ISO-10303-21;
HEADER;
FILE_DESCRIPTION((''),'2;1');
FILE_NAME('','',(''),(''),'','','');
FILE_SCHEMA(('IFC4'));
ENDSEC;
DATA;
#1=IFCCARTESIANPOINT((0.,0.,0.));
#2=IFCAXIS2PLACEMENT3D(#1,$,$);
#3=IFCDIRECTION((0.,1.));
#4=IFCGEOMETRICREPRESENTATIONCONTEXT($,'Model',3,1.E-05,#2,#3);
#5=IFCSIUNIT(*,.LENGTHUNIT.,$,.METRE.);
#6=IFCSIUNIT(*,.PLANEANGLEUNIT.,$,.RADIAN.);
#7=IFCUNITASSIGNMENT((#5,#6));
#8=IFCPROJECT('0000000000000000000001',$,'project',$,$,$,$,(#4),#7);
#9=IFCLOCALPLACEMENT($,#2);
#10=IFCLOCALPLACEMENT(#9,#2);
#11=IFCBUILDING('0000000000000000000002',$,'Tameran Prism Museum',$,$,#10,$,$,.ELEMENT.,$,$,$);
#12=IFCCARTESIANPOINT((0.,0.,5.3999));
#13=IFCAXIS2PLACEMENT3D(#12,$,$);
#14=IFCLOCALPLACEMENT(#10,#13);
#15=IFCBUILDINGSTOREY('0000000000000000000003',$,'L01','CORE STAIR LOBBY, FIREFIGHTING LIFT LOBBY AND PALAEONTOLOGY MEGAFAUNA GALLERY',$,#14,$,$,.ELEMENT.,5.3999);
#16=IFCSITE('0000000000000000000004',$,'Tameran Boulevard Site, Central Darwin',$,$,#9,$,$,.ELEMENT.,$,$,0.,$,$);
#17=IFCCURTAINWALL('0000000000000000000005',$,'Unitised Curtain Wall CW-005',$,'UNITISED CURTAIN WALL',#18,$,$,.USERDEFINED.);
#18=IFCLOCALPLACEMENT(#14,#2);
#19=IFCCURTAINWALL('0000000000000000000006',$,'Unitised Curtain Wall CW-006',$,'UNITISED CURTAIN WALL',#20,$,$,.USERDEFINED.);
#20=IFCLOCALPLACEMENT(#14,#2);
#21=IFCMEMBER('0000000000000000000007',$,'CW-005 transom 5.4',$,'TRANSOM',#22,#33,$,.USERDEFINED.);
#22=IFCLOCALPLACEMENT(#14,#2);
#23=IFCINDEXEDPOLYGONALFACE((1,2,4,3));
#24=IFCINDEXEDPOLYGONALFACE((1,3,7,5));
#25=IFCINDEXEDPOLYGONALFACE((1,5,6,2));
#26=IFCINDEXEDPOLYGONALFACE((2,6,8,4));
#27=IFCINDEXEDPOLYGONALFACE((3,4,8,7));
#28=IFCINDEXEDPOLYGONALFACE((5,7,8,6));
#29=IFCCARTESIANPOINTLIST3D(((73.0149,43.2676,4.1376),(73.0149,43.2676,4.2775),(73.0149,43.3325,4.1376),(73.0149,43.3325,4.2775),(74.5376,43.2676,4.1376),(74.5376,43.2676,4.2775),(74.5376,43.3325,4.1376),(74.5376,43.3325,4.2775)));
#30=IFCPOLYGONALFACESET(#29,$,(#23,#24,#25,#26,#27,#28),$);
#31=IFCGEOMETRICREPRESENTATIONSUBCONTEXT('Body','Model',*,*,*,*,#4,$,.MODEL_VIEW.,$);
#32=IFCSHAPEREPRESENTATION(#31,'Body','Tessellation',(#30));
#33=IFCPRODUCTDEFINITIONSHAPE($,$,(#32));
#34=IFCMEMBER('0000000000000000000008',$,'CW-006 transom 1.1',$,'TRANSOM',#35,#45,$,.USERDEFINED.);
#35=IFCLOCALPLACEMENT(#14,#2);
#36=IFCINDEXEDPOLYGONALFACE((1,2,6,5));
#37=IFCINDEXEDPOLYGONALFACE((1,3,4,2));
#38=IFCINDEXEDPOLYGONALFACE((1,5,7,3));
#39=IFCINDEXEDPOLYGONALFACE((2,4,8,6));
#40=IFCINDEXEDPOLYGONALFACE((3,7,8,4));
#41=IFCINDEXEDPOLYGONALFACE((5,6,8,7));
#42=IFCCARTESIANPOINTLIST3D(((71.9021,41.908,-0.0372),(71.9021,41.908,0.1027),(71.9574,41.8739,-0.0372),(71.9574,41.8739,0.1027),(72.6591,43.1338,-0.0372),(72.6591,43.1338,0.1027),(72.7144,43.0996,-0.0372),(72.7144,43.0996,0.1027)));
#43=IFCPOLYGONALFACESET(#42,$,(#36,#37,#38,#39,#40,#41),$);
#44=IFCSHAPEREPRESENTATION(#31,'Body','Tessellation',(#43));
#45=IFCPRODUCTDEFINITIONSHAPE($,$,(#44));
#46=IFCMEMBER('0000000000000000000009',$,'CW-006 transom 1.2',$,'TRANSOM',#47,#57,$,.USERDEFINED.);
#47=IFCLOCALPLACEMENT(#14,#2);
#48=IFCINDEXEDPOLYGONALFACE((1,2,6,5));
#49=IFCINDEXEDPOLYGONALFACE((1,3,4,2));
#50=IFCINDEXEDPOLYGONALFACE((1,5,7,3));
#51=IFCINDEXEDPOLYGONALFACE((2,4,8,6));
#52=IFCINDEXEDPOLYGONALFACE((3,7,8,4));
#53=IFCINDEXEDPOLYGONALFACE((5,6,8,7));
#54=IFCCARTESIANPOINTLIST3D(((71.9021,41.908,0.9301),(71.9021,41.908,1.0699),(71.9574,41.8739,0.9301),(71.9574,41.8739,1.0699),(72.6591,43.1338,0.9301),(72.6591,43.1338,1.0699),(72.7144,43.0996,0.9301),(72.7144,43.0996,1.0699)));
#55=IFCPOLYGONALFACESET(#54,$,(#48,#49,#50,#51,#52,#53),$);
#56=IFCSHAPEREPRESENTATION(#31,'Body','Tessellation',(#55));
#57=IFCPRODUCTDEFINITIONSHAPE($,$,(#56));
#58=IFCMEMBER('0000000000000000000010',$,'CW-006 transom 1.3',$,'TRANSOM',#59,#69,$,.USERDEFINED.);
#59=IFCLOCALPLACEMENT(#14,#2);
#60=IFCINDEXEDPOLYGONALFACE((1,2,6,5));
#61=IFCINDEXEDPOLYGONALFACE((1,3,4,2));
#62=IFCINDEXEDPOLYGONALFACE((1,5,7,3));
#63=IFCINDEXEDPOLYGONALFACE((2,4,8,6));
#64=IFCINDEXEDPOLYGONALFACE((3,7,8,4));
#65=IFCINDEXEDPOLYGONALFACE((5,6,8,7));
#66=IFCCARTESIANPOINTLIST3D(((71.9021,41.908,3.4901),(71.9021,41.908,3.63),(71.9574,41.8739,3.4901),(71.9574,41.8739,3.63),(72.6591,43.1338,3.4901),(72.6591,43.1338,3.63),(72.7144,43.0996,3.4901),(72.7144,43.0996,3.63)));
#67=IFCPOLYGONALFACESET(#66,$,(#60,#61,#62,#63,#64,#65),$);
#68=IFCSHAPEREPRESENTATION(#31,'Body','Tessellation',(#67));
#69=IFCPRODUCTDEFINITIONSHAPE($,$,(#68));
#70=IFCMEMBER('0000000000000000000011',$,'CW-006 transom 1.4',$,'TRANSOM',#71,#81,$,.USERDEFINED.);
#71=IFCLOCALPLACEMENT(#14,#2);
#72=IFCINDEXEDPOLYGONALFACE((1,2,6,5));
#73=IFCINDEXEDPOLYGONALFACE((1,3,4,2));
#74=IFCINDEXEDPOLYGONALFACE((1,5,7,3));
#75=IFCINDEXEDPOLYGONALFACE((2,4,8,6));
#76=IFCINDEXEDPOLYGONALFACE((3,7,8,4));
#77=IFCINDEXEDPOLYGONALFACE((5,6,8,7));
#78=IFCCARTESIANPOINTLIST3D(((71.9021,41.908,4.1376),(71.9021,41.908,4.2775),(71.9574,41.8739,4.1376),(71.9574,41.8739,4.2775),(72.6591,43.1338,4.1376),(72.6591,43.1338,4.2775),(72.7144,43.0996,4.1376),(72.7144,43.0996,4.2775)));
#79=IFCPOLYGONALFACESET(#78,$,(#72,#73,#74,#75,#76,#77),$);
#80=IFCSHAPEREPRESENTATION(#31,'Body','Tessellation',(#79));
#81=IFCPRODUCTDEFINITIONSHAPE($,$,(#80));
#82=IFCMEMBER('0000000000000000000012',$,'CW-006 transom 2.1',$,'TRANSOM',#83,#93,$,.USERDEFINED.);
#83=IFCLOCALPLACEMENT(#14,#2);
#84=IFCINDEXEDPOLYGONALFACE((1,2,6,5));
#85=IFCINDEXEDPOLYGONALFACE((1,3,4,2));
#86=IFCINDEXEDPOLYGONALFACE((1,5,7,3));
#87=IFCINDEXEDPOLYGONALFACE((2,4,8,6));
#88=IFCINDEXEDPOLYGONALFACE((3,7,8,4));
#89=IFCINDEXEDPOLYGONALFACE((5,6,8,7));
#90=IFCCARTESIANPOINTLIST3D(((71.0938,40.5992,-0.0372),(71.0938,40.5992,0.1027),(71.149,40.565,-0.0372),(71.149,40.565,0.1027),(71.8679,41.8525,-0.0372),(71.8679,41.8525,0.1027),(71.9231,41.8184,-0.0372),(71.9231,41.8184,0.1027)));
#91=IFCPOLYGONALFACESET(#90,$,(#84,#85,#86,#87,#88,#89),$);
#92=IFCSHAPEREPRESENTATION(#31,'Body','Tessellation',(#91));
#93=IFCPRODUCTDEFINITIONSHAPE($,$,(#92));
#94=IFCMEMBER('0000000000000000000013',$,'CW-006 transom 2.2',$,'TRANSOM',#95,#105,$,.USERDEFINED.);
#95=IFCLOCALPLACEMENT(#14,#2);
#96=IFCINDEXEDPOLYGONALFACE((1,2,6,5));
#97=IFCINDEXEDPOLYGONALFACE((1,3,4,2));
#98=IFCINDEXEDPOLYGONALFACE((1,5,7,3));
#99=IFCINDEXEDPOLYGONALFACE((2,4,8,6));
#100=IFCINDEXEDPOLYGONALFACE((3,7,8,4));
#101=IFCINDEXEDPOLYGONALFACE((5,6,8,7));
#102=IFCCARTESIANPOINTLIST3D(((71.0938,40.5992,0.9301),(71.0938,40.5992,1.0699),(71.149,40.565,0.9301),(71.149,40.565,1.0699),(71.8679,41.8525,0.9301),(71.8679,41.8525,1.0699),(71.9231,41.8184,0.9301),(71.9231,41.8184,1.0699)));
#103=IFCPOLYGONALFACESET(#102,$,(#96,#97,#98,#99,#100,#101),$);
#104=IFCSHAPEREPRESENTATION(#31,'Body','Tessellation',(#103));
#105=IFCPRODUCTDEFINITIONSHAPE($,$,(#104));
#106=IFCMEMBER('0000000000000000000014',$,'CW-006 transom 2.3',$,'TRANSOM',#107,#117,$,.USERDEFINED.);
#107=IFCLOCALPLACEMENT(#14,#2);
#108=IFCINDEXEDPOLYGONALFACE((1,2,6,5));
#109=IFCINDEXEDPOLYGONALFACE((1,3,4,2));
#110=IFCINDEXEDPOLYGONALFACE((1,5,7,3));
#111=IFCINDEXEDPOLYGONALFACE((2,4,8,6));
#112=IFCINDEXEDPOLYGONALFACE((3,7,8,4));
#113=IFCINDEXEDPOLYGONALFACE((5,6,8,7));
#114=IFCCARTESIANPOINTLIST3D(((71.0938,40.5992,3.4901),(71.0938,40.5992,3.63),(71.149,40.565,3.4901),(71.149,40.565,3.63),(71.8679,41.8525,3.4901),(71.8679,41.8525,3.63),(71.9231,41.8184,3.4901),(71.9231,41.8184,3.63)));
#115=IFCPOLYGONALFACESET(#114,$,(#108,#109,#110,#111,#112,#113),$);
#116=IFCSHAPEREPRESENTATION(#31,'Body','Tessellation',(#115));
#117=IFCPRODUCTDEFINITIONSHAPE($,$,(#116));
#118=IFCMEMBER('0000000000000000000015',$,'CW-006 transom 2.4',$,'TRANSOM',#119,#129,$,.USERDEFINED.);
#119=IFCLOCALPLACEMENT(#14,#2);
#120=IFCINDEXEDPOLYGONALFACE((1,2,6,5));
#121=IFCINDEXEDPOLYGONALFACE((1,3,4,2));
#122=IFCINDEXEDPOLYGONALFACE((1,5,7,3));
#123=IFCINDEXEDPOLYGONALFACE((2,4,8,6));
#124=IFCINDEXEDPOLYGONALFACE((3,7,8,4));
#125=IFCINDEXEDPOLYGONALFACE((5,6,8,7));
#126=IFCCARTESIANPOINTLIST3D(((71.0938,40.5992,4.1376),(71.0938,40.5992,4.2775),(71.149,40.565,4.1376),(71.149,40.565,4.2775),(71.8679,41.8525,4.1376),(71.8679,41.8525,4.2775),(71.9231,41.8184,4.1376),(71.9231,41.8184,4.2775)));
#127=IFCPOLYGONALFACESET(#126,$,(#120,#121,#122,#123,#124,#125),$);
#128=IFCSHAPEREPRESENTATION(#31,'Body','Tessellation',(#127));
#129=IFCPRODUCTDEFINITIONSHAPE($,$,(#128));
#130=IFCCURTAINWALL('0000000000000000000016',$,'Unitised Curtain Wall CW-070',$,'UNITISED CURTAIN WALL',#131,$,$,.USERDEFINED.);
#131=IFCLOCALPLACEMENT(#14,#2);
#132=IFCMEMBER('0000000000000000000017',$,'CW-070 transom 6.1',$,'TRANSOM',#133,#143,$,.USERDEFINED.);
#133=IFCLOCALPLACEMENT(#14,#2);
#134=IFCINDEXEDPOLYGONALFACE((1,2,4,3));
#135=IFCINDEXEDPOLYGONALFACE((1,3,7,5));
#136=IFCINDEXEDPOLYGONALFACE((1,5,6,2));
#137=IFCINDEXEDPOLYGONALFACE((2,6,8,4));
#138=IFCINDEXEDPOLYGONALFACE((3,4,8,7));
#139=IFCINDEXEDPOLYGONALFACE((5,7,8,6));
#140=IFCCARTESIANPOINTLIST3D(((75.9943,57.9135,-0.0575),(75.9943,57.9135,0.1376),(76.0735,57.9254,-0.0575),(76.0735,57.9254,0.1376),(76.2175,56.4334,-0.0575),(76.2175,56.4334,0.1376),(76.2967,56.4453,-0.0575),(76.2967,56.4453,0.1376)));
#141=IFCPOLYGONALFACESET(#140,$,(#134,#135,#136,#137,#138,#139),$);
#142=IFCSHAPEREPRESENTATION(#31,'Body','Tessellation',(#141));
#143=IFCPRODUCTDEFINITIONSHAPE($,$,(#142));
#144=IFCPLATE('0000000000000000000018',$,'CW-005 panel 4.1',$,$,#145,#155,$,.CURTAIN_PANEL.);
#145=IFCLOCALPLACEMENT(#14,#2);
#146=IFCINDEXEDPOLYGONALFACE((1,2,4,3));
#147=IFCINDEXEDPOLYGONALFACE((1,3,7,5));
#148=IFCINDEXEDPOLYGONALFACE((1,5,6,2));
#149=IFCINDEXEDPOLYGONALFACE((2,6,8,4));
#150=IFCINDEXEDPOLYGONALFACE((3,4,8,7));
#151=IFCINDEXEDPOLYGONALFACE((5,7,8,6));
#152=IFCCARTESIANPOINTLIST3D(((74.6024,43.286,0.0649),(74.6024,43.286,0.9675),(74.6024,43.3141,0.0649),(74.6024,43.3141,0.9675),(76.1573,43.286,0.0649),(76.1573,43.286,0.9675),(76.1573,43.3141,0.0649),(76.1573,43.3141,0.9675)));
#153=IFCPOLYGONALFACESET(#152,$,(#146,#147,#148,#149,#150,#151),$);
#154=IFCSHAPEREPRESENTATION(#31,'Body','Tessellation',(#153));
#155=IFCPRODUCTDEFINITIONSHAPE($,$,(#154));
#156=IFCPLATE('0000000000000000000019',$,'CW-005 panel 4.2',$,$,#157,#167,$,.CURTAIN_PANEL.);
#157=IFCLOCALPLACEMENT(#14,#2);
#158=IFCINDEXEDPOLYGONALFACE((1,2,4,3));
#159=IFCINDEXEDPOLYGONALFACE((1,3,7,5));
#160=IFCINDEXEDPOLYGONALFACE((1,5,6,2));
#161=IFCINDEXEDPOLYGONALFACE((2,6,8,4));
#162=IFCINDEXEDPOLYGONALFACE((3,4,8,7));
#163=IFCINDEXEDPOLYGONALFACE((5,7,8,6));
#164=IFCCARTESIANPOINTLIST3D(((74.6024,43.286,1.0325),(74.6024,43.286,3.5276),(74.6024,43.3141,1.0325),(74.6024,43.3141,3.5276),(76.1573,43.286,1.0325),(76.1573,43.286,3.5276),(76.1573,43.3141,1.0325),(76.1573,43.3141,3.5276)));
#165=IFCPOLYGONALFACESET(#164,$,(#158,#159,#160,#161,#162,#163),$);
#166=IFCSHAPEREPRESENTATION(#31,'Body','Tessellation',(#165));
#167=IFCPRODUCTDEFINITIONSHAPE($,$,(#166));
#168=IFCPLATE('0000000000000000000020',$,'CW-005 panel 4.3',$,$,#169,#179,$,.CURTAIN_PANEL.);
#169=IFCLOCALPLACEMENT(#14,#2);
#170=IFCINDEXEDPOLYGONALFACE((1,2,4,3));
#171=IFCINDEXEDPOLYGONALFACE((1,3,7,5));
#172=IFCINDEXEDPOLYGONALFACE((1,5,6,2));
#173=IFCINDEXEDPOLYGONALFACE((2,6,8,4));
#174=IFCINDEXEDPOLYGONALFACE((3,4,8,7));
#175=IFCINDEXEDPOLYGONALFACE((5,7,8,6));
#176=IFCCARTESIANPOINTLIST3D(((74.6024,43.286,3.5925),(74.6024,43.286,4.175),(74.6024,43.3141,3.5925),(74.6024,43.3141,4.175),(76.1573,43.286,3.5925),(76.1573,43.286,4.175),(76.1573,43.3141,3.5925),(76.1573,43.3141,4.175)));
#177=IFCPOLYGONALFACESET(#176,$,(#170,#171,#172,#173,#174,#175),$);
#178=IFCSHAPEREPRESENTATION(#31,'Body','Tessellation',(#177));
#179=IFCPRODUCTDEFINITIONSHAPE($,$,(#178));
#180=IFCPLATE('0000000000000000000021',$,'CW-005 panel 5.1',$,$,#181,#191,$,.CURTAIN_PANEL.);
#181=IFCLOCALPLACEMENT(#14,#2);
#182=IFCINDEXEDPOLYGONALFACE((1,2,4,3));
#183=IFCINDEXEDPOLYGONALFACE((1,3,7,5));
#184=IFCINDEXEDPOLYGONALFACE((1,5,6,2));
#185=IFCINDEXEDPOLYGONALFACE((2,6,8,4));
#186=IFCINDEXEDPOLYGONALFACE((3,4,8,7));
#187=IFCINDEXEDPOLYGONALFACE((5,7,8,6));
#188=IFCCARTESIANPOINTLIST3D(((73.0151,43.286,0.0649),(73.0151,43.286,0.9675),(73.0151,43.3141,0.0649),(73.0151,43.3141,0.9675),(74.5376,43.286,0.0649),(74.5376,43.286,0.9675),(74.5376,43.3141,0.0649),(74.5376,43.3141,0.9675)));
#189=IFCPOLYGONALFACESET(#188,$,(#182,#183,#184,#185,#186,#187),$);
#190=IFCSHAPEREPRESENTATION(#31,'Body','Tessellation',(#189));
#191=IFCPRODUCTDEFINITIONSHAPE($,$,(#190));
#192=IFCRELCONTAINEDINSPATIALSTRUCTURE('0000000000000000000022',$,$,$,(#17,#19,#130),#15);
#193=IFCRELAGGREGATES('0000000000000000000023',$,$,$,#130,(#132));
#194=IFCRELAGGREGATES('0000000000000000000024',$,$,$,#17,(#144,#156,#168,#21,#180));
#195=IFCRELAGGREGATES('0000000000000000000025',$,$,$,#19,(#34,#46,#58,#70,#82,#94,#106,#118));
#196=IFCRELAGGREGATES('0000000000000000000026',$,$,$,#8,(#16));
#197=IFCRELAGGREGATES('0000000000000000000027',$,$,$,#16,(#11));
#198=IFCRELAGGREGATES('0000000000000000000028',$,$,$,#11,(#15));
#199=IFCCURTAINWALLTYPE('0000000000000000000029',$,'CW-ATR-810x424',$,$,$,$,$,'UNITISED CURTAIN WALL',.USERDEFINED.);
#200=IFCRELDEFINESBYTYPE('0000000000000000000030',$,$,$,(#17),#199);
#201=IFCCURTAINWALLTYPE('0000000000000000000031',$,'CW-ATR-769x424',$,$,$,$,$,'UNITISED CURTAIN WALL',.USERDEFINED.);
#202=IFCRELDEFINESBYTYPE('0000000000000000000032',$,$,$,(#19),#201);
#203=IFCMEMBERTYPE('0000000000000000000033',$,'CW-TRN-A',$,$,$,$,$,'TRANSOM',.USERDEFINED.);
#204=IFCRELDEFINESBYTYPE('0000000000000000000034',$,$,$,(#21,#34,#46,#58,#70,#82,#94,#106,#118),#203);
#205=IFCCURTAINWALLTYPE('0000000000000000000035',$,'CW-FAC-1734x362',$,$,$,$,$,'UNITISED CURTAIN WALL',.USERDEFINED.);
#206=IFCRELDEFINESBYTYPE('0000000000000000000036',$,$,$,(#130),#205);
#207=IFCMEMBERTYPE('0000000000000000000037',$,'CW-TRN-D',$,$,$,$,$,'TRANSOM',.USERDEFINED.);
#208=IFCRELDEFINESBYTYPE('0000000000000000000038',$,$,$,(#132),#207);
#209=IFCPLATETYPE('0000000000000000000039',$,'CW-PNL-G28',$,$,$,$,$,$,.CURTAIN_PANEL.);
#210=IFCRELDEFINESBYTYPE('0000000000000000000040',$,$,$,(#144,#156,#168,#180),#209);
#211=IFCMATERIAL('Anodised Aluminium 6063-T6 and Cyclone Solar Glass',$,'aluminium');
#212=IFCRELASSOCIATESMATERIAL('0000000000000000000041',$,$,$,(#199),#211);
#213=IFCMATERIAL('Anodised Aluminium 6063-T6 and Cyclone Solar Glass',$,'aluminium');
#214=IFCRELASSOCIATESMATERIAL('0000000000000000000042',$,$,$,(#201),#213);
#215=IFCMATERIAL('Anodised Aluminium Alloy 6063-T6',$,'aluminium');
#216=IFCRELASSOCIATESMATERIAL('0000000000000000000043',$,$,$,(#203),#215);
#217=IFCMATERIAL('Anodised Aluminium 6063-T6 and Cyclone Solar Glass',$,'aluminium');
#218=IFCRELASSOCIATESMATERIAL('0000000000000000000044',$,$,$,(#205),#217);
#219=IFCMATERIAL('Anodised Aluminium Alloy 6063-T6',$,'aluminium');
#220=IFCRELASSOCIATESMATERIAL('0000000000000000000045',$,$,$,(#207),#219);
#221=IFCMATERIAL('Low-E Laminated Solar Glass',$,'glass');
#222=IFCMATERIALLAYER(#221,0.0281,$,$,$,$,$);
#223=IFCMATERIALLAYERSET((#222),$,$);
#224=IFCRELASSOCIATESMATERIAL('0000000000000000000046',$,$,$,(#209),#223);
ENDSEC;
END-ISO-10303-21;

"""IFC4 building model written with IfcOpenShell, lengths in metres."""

from ifc_helpers import new_model, si_unit, direction, frame, origin, origin_2d, place, context, subcontext, project, spatial, rectangle, extrude, material, layer, layer_set, material_profile, profile_set, type_object, element, aggregate, save


model = new_model("IFC4")

# Units and contexts
model_context = context("Model", 3, precision=1e-05, world=origin(), true_north=direction((0.0, 1.0)))
body_context = subcontext(model_context, "Body", "Model", "MODEL_VIEW")
ifc_project = project(units=[si_unit("LENGTHUNIT", "METRE"), si_unit("PLANEANGLEUNIT", "RADIAN")], contexts=[model_context])

# Site, building, storey
site_placement = place(None, origin())
site = spatial("IfcSite", under=ifc_project, at=site_placement, Name="Tameran Boulevard Site, Central Darwin", CompositionType="ELEMENT", RefElevation=0.0)
building_placement = place(site_placement, origin())
building = spatial("IfcBuilding", under=site, at=building_placement, Name="Tameran Prism Museum", CompositionType="ELEMENT")
storey_placement = place(building_placement, frame((0.0, 0.0, 5.3999)))
storey = spatial("IfcBuildingStorey", under=building, at=storey_placement, Name="L01", Description="CORE STAIR LOBBY, FIREFIGHTING LIFT LOBBY AND PALAEONTOLOGY MEGAFAUNA GALLERY", CompositionType="ELEMENT", Elevation=5.3999)

# Curtain walls
ifc_material_1 = material(Name="Anodised Aluminium 6063-T6 and Cyclone Solar Glass", Category="aluminium")
curtain_wall_type_1 = type_object("IfcCurtainWallType", Name="CW-ATR-810x424", ElementType="UNITISED CURTAIN WALL", PredefinedType="USERDEFINED", material=ifc_material_1)
curtain_wall_1_placement = place(storey_placement, origin())
curtain_wall_1 = element("IfcCurtainWall", 1, at=curtain_wall_1_placement, inside=storey, type_object=curtain_wall_type_1, Name="Unitised Curtain Wall CW-005", ObjectType="UNITISED CURTAIN WALL", PredefinedType="USERDEFINED")
ifc_material_2 = material(Name="Anodised Aluminium 6063-T6 and Cyclone Solar Glass", Category="aluminium")
curtain_wall_type_2 = type_object("IfcCurtainWallType", Name="CW-ATR-769x424", ElementType="UNITISED CURTAIN WALL", PredefinedType="USERDEFINED", material=ifc_material_2)
curtain_wall_2_placement = place(storey_placement, origin())
curtain_wall_2 = element("IfcCurtainWall", 2, at=curtain_wall_2_placement, inside=storey, type_object=curtain_wall_type_2, Name="Unitised Curtain Wall CW-006", ObjectType="UNITISED CURTAIN WALL", PredefinedType="USERDEFINED")

# Members
ifc_material_3 = material(Name="Anodised Aluminium Alloy 6063-T6", Category="aluminium")
ifc_material_profile_1 = material_profile(ifc_material_3, rectangle(XDim=0.0649, YDim=0.1399, at=origin_2d()))
ifc_profile_set_1 = profile_set([ifc_material_profile_1])
member_type_1 = type_object("IfcMemberType", Name="CW-TRN-A", ElementType="TRANSOM", PredefinedType="USERDEFINED", material=ifc_profile_set_1)
member_1_placement = place(storey_placement, frame((74.5376, 43.3, 4.2075), z_axis=(-1.0, 0.0, 0.0), x_axis=(0.0, -1.0, 0.0)))
member_1 = element("IfcMember", 3, at=member_1_placement, type_object=member_type_1, Name="CW-005 transom 5.4", ObjectType="TRANSOM", PredefinedType="USERDEFINED", context=body_context, shape_type="SweptSolid", body=[
    extrude(rectangle(XDim=0.0649, YDim=0.1399, at=origin_2d()), origin(), (0.0, 0.0, 1.0), 1.5227),
])
member_2_placement = place(storey_placement, frame((72.6868, 43.1167, 0.0327), z_axis=(-0.525468, -0.850814, 0.0), x_axis=(0.850814, -0.525468, 0.0)))
member_2 = element("IfcMember", 4, at=member_2_placement, type_object=member_type_1, Name="CW-006 transom 1.1", ObjectType="TRANSOM", PredefinedType="USERDEFINED", context=body_context, shape_type="SweptSolid", body=[
    extrude(rectangle(XDim=0.0649, YDim=0.1399, at=origin_2d()), origin(), (0.0, 0.0, 1.0), 1.4407),
])
member_3_placement = place(storey_placement, frame((72.6868, 43.1167, 1.0), z_axis=(-0.525468, -0.850814, 0.0), x_axis=(0.850814, -0.525468, 0.0)))
member_3 = element("IfcMember", 5, at=member_3_placement, type_object=member_type_1, Name="CW-006 transom 1.2", ObjectType="TRANSOM", PredefinedType="USERDEFINED", context=body_context, shape_type="SweptSolid", body=[
    extrude(rectangle(XDim=0.0649, YDim=0.1399, at=origin_2d()), origin(), (0.0, 0.0, 1.0), 1.4407),
])
member_4_placement = place(storey_placement, frame((72.6868, 43.1167, 3.5601), z_axis=(-0.525468, -0.850814, 0.0), x_axis=(0.850814, -0.525468, 0.0)))
member_4 = element("IfcMember", 6, at=member_4_placement, type_object=member_type_1, Name="CW-006 transom 1.3", ObjectType="TRANSOM", PredefinedType="USERDEFINED", context=body_context, shape_type="SweptSolid", body=[
    extrude(rectangle(XDim=0.0649, YDim=0.1399, at=origin_2d()), origin(), (0.0, 0.0, 1.0), 1.4407),
])
member_5_placement = place(storey_placement, frame((72.6868, 43.1167, 4.2075), z_axis=(-0.525468, -0.850814, 0.0), x_axis=(0.850814, -0.525468, 0.0)))
member_5 = element("IfcMember", 7, at=member_5_placement, type_object=member_type_1, Name="CW-006 transom 1.4", ObjectType="TRANSOM", PredefinedType="USERDEFINED", context=body_context, shape_type="SweptSolid", body=[
    extrude(rectangle(XDim=0.0649, YDim=0.1399, at=origin_2d()), origin(), (0.0, 0.0, 1.0), 1.4407),
])
member_6_placement = place(storey_placement, frame((71.8955, 41.8354, 0.0327), z_axis=(-0.525493, -0.850798, 0.0), x_axis=(0.850798, -0.525493, 0.0)))
member_6 = element("IfcMember", 8, at=member_6_placement, type_object=member_type_1, Name="CW-006 transom 2.1", ObjectType="TRANSOM", PredefinedType="USERDEFINED", context=body_context, shape_type="SweptSolid", body=[
    extrude(rectangle(XDim=0.0649, YDim=0.1399, at=origin_2d()), origin(), (0.0, 0.0, 1.0), 1.4731),
])
member_7_placement = place(storey_placement, frame((71.8955, 41.8354, 1.0), z_axis=(-0.525493, -0.850798, 0.0), x_axis=(0.850798, -0.525493, 0.0)))
member_7 = element("IfcMember", 9, at=member_7_placement, type_object=member_type_1, Name="CW-006 transom 2.2", ObjectType="TRANSOM", PredefinedType="USERDEFINED", context=body_context, shape_type="SweptSolid", body=[
    extrude(rectangle(XDim=0.0649, YDim=0.1399, at=origin_2d()), origin(), (0.0, 0.0, 1.0), 1.4731),
])
member_8_placement = place(storey_placement, frame((71.8955, 41.8354, 3.5601), z_axis=(-0.525493, -0.850798, 0.0), x_axis=(0.850798, -0.525493, 0.0)))
member_8 = element("IfcMember", 10, at=member_8_placement, type_object=member_type_1, Name="CW-006 transom 2.3", ObjectType="TRANSOM", PredefinedType="USERDEFINED", context=body_context, shape_type="SweptSolid", body=[
    extrude(rectangle(XDim=0.0649, YDim=0.1399, at=origin_2d()), origin(), (0.0, 0.0, 1.0), 1.4731),
])
member_9_placement = place(storey_placement, frame((71.8955, 41.8354, 4.2075), z_axis=(-0.525493, -0.850798, 0.0), x_axis=(0.850798, -0.525493, 0.0)))
member_9 = element("IfcMember", 11, at=member_9_placement, type_object=member_type_1, Name="CW-006 transom 2.4", ObjectType="TRANSOM", PredefinedType="USERDEFINED", context=body_context, shape_type="SweptSolid", body=[
    extrude(rectangle(XDim=0.0649, YDim=0.1399, at=origin_2d()), origin(), (0.0, 0.0, 1.0), 1.4731),
])

# Curtain wall, member
ifc_material_4 = material(Name="Anodised Aluminium 6063-T6 and Cyclone Solar Glass", Category="aluminium")
curtain_wall_type_3 = type_object("IfcCurtainWallType", Name="CW-FAC-1734x362", ElementType="UNITISED CURTAIN WALL", PredefinedType="USERDEFINED", material=ifc_material_4)
curtain_wall_3_placement = place(storey_placement, origin())
curtain_wall_3 = element("IfcCurtainWall", 12, at=curtain_wall_3_placement, inside=storey, type_object=curtain_wall_type_3, Name="Unitised Curtain Wall CW-070", ObjectType="UNITISED CURTAIN WALL", PredefinedType="USERDEFINED")
ifc_material_5 = material(Name="Anodised Aluminium Alloy 6063-T6", Category="aluminium")
ifc_material_profile_2 = material_profile(ifc_material_5, rectangle(XDim=0.0801, YDim=0.1951, at=origin_2d()))
ifc_profile_set_2 = profile_set([ifc_material_profile_2])
member_type_2 = type_object("IfcMemberType", Name="CW-TRN-D", ElementType="TRANSOM", PredefinedType="USERDEFINED", material=ifc_profile_set_2)
member_10_placement = place(storey_placement, frame((76.0339, 57.9194, 0.04), z_axis=(0.14909, -0.988824, 0.0), x_axis=(0.988824, 0.14909, 0.0)))
member_10 = element("IfcMember", 13, at=member_10_placement, type_object=member_type_2, Name="CW-070 transom 6.1", ObjectType="TRANSOM", PredefinedType="USERDEFINED", context=body_context, shape_type="SweptSolid", body=[
    extrude(rectangle(XDim=0.0801, YDim=0.1951, at=origin_2d()), origin(), (0.0, 0.0, 1.0), 1.4968),
])
aggregate(curtain_wall_3, [member_10])

# Plates
ifc_material_6 = material(Name="Low-E Laminated Solar Glass", Category="glass")
ifc_layer_1 = layer(ifc_material_6, 0.0281)
ifc_layer_set_1 = layer_set([ifc_layer_1])
plate_type = type_object("IfcPlateType", Name="CW-PNL-G28", PredefinedType="CURTAIN_PANEL", material=ifc_layer_set_1)
plate_1_placement = place(storey_placement, frame((75.3799, 43.3, 0.0649), z_axis=(0.0, 0.0, 1.0), x_axis=(-1.0, 0.0, 0.0)))
plate_1 = element("IfcPlate", 14, at=plate_1_placement, type_object=plate_type, Name="CW-005 panel 4.1", PredefinedType="CURTAIN_PANEL", context=body_context, shape_type="SweptSolid", body=[
    extrude(rectangle(XDim=1.5549, YDim=0.0281, at=origin_2d()), origin(), (0.0, 0.0, 1.0), 0.9026),
])
plate_2_placement = place(storey_placement, frame((75.3799, 43.3, 1.0325), z_axis=(0.0, 0.0, 1.0), x_axis=(-1.0, 0.0, 0.0)))
plate_2 = element("IfcPlate", 15, at=plate_2_placement, type_object=plate_type, Name="CW-005 panel 4.2", PredefinedType="CURTAIN_PANEL", context=body_context, shape_type="SweptSolid", body=[
    extrude(rectangle(XDim=1.5549, YDim=0.0281, at=origin_2d()), origin(), (0.0, 0.0, 1.0), 2.4951),
])
plate_3_placement = place(storey_placement, frame((75.3799, 43.3, 3.5925), z_axis=(0.0, 0.0, 1.0), x_axis=(-1.0, 0.0, 0.0)))
plate_3 = element("IfcPlate", 16, at=plate_3_placement, type_object=plate_type, Name="CW-005 panel 4.3", PredefinedType="CURTAIN_PANEL", context=body_context, shape_type="SweptSolid", body=[
    extrude(rectangle(XDim=1.5549, YDim=0.0281, at=origin_2d()), origin(), (0.0, 0.0, 1.0), 0.5825),
])
plate_4_placement = place(storey_placement, frame((73.7764, 43.3, 0.0649), z_axis=(0.0, 0.0, 1.0), x_axis=(-1.0, 0.0, 0.0)))
plate_4 = element("IfcPlate", 17, at=plate_4_placement, type_object=plate_type, Name="CW-005 panel 5.1", PredefinedType="CURTAIN_PANEL", context=body_context, shape_type="SweptSolid", body=[
    extrude(rectangle(XDim=1.5225, YDim=0.0281, at=origin_2d()), origin(), (0.0, 0.0, 1.0), 0.9026),
])
aggregate(curtain_wall_1, [plate_1, plate_2, plate_3, member_1, plate_4])
aggregate(curtain_wall_2, [member_2, member_3, member_4, member_5, member_6, member_7, member_8, member_9])

save(model, "model.ifc")
